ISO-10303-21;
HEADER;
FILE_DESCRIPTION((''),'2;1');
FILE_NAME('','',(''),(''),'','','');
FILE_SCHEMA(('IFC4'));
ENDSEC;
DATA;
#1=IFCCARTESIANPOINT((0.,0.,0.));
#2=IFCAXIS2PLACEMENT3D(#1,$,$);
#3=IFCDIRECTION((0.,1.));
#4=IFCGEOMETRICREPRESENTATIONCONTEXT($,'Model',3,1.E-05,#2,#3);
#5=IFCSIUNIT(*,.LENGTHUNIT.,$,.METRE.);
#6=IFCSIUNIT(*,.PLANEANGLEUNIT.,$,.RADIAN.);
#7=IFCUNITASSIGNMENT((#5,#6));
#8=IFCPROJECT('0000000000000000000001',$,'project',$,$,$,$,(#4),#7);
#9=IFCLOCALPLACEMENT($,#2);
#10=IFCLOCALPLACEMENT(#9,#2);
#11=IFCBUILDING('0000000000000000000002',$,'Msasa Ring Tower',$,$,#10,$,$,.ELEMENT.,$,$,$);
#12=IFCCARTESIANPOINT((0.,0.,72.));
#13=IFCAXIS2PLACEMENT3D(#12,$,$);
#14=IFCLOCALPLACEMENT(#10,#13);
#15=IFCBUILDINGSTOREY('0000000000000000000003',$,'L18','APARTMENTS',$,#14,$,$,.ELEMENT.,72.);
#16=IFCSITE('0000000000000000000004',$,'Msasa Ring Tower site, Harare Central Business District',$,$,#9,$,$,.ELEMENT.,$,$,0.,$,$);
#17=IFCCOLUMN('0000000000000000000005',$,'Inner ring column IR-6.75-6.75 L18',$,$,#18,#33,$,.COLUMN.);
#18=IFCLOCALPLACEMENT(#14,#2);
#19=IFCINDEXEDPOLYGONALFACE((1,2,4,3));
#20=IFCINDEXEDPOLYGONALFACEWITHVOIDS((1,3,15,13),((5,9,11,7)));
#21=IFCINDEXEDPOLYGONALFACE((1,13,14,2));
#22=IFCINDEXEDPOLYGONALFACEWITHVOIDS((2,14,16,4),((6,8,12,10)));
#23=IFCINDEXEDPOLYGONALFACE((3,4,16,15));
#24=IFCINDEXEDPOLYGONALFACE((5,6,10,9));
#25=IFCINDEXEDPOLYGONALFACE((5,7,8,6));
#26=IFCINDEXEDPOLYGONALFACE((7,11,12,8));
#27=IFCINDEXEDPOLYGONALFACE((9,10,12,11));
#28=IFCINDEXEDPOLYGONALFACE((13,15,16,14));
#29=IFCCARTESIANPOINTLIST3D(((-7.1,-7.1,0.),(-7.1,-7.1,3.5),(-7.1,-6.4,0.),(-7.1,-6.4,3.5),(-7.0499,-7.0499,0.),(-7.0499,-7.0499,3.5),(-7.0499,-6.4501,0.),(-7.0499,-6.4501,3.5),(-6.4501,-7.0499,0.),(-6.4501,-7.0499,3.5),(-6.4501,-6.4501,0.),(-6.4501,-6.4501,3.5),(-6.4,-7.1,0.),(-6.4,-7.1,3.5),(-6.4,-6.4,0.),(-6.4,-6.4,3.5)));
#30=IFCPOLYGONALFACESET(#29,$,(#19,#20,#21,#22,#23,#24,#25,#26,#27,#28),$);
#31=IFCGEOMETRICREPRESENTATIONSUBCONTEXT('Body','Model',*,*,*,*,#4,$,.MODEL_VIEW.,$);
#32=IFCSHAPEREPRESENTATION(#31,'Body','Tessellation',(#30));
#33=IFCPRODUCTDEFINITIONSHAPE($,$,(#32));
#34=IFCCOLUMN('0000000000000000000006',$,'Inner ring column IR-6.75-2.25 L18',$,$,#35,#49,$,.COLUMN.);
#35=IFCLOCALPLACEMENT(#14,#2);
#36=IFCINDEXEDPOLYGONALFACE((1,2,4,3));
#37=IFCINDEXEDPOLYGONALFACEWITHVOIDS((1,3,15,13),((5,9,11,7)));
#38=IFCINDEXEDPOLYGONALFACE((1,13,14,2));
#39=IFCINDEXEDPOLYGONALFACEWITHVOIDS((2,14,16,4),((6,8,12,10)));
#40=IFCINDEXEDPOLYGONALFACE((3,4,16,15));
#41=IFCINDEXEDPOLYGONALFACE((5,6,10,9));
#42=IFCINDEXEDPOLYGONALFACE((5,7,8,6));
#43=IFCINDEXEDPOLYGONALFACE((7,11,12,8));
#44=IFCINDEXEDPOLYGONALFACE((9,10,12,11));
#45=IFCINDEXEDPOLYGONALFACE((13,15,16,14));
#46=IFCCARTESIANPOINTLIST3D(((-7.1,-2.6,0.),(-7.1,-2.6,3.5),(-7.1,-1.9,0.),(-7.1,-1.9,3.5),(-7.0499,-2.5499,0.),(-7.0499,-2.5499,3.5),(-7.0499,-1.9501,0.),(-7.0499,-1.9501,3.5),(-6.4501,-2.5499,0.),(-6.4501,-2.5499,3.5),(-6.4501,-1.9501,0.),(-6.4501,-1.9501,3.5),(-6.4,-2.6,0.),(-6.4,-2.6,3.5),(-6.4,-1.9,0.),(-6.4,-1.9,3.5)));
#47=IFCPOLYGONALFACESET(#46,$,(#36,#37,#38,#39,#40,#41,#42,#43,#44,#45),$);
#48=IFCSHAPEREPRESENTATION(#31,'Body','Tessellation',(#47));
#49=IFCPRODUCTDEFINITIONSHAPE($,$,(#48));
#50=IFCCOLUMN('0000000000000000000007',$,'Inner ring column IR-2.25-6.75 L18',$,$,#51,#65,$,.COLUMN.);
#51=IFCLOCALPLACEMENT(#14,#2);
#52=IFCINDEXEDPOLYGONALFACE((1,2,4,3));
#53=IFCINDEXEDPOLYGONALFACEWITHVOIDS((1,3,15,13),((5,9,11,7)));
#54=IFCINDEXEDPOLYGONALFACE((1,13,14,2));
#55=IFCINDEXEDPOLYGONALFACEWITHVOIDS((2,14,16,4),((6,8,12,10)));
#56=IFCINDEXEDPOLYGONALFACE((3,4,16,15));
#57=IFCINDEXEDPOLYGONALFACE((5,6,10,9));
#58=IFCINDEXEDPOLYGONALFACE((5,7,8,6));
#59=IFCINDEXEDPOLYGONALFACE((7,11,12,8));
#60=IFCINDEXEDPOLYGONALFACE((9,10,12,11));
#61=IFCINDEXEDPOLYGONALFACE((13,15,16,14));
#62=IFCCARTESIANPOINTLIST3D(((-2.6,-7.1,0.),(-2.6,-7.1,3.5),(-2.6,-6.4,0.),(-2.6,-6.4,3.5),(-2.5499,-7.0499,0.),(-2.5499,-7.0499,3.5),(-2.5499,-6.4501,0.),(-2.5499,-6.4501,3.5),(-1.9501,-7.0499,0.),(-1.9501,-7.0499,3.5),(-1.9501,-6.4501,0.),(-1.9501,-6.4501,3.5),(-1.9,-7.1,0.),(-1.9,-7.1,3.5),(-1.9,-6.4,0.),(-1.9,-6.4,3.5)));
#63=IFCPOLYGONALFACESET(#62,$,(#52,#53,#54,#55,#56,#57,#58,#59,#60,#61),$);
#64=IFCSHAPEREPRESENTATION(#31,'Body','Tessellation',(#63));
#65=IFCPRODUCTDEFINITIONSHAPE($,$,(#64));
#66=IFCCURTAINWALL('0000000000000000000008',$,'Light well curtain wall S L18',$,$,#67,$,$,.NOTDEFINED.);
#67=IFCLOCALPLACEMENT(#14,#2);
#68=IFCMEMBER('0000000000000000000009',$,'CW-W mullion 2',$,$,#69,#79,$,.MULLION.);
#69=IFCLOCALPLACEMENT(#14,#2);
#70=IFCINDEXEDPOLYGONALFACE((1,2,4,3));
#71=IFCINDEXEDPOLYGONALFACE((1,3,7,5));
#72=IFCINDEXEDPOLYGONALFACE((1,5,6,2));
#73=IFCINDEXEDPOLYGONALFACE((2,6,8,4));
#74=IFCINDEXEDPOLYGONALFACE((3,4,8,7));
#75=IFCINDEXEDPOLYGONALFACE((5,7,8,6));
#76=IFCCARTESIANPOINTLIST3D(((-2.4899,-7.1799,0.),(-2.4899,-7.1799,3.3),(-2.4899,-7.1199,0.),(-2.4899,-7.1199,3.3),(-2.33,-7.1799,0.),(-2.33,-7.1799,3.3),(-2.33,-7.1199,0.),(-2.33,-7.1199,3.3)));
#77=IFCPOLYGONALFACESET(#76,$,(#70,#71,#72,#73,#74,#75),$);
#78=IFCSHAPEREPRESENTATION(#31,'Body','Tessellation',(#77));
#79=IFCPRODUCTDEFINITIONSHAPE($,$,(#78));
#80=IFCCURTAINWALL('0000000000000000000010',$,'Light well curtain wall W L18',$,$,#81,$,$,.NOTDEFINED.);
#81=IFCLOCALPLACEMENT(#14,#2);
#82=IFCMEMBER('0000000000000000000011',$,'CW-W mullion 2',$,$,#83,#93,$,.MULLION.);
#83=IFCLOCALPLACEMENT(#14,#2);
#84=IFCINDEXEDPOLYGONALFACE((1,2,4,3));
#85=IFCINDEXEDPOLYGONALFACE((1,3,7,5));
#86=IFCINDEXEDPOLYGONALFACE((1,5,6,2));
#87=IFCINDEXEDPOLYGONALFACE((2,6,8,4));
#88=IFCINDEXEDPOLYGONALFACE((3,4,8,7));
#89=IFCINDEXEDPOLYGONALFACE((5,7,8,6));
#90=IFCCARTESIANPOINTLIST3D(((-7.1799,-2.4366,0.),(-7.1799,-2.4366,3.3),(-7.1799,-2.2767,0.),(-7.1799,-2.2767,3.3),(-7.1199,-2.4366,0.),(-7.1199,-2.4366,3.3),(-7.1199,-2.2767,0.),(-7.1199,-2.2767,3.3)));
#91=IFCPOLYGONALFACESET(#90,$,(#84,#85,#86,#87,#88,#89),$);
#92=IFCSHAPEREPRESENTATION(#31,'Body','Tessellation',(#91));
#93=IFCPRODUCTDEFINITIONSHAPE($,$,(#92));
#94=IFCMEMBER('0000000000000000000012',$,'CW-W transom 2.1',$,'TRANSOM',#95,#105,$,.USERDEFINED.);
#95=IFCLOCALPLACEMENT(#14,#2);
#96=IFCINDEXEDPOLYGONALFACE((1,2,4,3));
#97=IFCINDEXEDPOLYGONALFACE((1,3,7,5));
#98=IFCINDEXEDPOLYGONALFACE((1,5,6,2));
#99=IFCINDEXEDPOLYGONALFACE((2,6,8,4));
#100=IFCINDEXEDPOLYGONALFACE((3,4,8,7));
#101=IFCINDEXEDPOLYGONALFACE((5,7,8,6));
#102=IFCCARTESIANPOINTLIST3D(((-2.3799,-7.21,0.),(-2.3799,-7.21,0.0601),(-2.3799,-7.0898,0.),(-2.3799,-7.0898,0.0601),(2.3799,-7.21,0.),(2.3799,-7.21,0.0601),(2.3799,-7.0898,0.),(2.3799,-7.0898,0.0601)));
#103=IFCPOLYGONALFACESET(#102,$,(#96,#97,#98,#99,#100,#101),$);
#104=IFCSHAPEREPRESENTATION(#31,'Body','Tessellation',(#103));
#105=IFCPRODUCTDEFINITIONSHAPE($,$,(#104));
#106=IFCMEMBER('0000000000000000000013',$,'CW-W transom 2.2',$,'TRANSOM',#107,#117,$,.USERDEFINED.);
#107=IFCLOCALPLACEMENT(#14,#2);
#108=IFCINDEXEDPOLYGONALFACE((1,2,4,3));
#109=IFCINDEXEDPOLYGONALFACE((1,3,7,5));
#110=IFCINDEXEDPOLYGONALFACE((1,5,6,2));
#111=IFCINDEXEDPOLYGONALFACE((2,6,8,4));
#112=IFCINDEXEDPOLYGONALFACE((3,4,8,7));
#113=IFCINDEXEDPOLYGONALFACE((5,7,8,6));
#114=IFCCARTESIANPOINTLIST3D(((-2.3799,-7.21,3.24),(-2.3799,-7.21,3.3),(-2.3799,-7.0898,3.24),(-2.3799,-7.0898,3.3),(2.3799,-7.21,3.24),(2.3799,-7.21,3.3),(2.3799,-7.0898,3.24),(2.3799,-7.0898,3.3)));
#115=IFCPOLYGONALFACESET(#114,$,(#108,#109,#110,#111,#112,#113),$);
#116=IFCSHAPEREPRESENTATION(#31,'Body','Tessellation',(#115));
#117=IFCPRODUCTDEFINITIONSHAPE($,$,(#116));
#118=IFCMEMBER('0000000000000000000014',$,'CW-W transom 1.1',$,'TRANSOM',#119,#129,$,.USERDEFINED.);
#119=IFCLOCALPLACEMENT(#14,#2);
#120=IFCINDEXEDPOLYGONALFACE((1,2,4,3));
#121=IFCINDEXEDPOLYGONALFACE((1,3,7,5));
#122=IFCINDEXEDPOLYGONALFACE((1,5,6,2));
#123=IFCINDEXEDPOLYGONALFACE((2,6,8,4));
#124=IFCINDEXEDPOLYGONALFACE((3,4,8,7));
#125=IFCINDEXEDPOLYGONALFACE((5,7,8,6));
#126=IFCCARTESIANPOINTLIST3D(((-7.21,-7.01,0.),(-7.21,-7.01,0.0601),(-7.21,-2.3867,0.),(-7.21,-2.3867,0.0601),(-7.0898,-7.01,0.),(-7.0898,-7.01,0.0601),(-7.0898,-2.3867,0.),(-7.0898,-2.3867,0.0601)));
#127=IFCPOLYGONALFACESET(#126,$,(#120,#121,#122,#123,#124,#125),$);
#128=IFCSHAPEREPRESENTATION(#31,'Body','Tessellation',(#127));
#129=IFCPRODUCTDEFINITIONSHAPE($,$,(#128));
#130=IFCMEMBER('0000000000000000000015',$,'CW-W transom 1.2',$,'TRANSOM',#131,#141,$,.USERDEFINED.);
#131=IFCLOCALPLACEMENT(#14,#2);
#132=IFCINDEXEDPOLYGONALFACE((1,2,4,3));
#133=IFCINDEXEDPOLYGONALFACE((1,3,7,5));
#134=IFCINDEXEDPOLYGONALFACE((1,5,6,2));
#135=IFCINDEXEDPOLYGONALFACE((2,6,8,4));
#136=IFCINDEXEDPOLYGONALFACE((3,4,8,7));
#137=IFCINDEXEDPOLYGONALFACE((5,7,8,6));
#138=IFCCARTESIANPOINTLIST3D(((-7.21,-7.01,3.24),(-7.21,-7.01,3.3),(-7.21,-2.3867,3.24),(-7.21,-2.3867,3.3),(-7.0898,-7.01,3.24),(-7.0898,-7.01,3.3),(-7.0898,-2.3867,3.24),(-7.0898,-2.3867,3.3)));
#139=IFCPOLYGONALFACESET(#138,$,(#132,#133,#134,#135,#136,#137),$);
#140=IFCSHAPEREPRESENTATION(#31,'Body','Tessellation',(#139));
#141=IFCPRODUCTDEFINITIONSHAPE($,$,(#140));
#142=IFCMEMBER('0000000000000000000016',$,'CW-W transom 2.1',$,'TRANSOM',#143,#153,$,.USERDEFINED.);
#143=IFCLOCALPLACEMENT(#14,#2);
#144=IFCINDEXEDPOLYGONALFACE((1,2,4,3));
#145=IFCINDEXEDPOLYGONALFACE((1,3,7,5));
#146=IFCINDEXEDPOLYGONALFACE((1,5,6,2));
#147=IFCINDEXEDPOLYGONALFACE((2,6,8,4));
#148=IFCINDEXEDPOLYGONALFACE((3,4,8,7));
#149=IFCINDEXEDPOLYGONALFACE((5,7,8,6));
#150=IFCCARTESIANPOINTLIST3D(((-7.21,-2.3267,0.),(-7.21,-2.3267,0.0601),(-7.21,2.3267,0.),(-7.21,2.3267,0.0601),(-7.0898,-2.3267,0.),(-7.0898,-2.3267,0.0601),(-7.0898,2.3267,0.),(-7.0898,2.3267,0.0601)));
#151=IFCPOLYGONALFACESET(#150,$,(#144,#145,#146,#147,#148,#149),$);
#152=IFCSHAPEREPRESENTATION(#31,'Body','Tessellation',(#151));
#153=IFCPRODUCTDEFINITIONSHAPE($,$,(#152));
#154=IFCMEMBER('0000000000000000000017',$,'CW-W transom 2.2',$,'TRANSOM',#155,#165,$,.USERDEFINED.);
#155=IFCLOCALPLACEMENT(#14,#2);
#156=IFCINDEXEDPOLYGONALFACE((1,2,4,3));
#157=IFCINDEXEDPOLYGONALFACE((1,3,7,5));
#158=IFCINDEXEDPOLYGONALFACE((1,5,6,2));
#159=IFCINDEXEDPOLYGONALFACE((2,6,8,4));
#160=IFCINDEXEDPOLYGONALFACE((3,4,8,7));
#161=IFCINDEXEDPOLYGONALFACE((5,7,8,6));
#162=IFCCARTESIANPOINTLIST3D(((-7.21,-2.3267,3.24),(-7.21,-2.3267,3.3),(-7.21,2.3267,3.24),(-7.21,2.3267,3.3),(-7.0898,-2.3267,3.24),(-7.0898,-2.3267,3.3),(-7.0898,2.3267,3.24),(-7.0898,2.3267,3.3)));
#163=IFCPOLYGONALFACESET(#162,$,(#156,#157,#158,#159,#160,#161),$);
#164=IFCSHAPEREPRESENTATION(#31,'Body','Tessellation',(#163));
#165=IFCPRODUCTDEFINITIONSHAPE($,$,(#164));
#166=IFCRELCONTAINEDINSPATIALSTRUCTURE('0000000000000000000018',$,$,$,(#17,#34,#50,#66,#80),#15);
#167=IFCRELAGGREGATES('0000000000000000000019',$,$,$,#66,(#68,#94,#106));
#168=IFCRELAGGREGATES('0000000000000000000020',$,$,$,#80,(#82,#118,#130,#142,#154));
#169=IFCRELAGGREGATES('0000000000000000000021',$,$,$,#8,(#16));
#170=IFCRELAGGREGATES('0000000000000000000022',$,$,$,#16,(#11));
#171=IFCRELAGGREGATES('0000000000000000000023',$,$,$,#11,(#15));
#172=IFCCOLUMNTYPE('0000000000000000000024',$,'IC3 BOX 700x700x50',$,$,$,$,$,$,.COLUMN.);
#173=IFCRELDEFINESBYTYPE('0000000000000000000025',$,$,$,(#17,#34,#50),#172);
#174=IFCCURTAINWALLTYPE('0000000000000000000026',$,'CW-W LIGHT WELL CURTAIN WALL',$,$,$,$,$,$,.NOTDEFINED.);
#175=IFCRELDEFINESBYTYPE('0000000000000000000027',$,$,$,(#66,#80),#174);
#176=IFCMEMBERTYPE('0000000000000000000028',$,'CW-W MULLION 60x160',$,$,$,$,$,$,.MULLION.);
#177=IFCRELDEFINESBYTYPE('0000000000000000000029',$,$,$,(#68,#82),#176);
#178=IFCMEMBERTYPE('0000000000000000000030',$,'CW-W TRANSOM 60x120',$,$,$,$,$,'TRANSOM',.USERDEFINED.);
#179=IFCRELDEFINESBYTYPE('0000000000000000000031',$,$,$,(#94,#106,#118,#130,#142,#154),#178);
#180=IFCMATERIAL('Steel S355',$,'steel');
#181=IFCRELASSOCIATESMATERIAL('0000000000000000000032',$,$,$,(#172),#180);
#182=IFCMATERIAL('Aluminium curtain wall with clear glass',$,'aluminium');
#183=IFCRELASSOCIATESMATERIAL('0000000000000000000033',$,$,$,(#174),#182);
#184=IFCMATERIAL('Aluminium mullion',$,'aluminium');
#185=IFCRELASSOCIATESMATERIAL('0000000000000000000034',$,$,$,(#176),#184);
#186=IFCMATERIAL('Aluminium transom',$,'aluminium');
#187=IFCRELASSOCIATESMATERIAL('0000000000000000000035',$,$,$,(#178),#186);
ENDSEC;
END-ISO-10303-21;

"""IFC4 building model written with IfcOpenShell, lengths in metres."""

from ifc_helpers import new_model, si_unit, direction, frame, origin, origin_2d, place, context, subcontext, project, spatial, rectangle, hollow_rectangle, extrude, material, material_profile, profile_set, type_object, element, aggregate, save


model = new_model("IFC4")

# Units and contexts
model_context = context("Model", 3, precision=1e-05, world=origin(), true_north=direction((0.0, 1.0)))
body_context = subcontext(model_context, "Body", "Model", "MODEL_VIEW")
ifc_project = project(units=[si_unit("LENGTHUNIT", "METRE"), si_unit("PLANEANGLEUNIT", "RADIAN")], contexts=[model_context])

# Site, building, storey
site_placement = place(None, origin())
site = spatial("IfcSite", under=ifc_project, at=site_placement, Name="Msasa Ring Tower site, Harare Central Business District", CompositionType="ELEMENT", RefElevation=0.0)
building_placement = place(site_placement, origin())
building = spatial("IfcBuilding", under=site, at=building_placement, Name="Msasa Ring Tower", CompositionType="ELEMENT")
storey_placement = place(building_placement, frame((0.0, 0.0, 72.0)))
storey = spatial("IfcBuildingStorey", under=building, at=storey_placement, Name="L18", Description="APARTMENTS", CompositionType="ELEMENT", Elevation=72.0)

# Columns
ifc_material_1 = material(Name="Steel S355", Category="steel")
ifc_material_profile_1 = material_profile(ifc_material_1, hollow_rectangle(XDim=0.7, YDim=0.7, WallThickness=0.05, at=origin_2d()), Name="BOX 700x700x50")
ifc_profile_set_1 = profile_set([ifc_material_profile_1], Name="Steel S355")
column_type = type_object("IfcColumnType", Name="IC3 BOX 700x700x50", PredefinedType="COLUMN", material=ifc_profile_set_1)
for number, where, z_axis, x_axis, name in (
    (1, (-6.75, -6.75, 0.0), (0.0, 0.0, 1.0), (1.0, 0.0, 0.0), "Inner ring column IR-6.75-6.75 L18"),
    (2, (-6.75, -2.25, 0.0), (0.0, 0.0, 1.0), (1.0, 0.0, 0.0), "Inner ring column IR-6.75-2.25 L18"),
    (3, (-2.25, -6.75, 0.0), (0.0, 0.0, 1.0), (1.0, 0.0, 0.0), "Inner ring column IR-2.25-6.75 L18"),
):
    element("IfcColumn", number, at=place(storey_placement, frame(where, z_axis=z_axis, x_axis=x_axis)), inside=storey, type_object=column_type, Name=name, PredefinedType="COLUMN", context=body_context, shape_type="SweptSolid", body=[
        extrude(hollow_rectangle(XDim=0.7, YDim=0.7, WallThickness=0.05, at=origin_2d()), origin(), (0.0, 0.0, 1.0), 3.5),
    ])

# Curtain walls, members
ifc_material_2 = material(Name="Aluminium curtain wall with clear glass", Category="aluminium")
curtain_wall_type = type_object("IfcCurtainWallType", Name="CW-W LIGHT WELL CURTAIN WALL", PredefinedType="NOTDEFINED", material=ifc_material_2)
curtain_wall_1_placement = place(storey_placement, origin())
curtain_wall_1 = element("IfcCurtainWall", 4, at=curtain_wall_1_placement, inside=storey, type_object=curtain_wall_type, Name="Light well curtain wall S L18", PredefinedType="NOTDEFINED")
ifc_material_3 = material(Name="Aluminium mullion", Category="aluminium")
ifc_material_profile_2 = material_profile(ifc_material_3, rectangle(XDim=0.0601, YDim=0.1599, at=origin_2d()), Name="AL 60x160")
ifc_profile_set_2 = profile_set([ifc_material_profile_2], Name="Aluminium mullion")
member_type_1 = type_object("IfcMemberType", Name="CW-W MULLION 60x160", PredefinedType="MULLION", material=ifc_profile_set_2)
member_1_placement = place(storey_placement, frame((-2.4099, -7.1499, 0.0), z_axis=(0.0, 0.0, 1.0), x_axis=(0.0, 1.0, 0.0)))
member_1 = element("IfcMember", 5, at=member_1_placement, type_object=member_type_1, Name="CW-W mullion 2", PredefinedType="MULLION", context=body_context, shape_type="SweptSolid", body=[
    extrude(rectangle(XDim=0.0601, YDim=0.1599, at=origin_2d()), origin(), (0.0, 0.0, 1.0), 3.3),
])
curtain_wall_2_placement = place(storey_placement, origin())
curtain_wall_2 = element("IfcCurtainWall", 6, at=curtain_wall_2_placement, inside=storey, type_object=curtain_wall_type, Name="Light well curtain wall W L18", PredefinedType="NOTDEFINED")
member_2_placement = place(storey_placement, frame((-7.1499, -2.3567, 0.0), z_axis=(0.0, 0.0, 1.0), x_axis=(-1.0, 0.0, 0.0)))
member_2 = element("IfcMember", 7, at=member_2_placement, type_object=member_type_1, Name="CW-W mullion 2", PredefinedType="MULLION", context=body_context, shape_type="SweptSolid", body=[
    extrude(rectangle(XDim=0.0601, YDim=0.1599, at=origin_2d()), origin(), (0.0, 0.0, 1.0), 3.3),
])

# Members
ifc_material_4 = material(Name="Aluminium transom", Category="aluminium")
ifc_material_profile_3 = material_profile(ifc_material_4, rectangle(XDim=0.1201, YDim=0.0601, at=origin_2d()), Name="AL 60x120")
ifc_profile_set_3 = profile_set([ifc_material_profile_3], Name="Aluminium transom")
member_type_2 = type_object("IfcMemberType", Name="CW-W TRANSOM 60x120", ElementType="TRANSOM", PredefinedType="USERDEFINED", material=ifc_profile_set_3)
member_3_placement = place(storey_placement, frame((-2.3799, -7.1499, 0.03), z_axis=(1.0, 0.0, 0.0), x_axis=(0.0, 1.0, 0.0)))
member_3 = element("IfcMember", 8, at=member_3_placement, type_object=member_type_2, Name="CW-W transom 2.1", ObjectType="TRANSOM", PredefinedType="USERDEFINED", context=body_context, shape_type="SweptSolid", body=[
    extrude(rectangle(XDim=0.1201, YDim=0.0601, at=origin_2d()), origin(), (0.0, 0.0, 1.0), 4.7598),
])
member_4_placement = place(storey_placement, frame((-2.3799, -7.1499, 3.27), z_axis=(1.0, 0.0, 0.0), x_axis=(0.0, 1.0, 0.0)))
member_4 = element("IfcMember", 9, at=member_4_placement, type_object=member_type_2, Name="CW-W transom 2.2", ObjectType="TRANSOM", PredefinedType="USERDEFINED", context=body_context, shape_type="SweptSolid", body=[
    extrude(rectangle(XDim=0.1201, YDim=0.0601, at=origin_2d()), origin(), (0.0, 0.0, 1.0), 4.7598),
])
member_5_placement = place(storey_placement, frame((-7.1499, -7.01, 0.03), z_axis=(0.0, 1.0, 0.0), x_axis=(-1.0, 0.0, 0.0)))
member_5 = element("IfcMember", 10, at=member_5_placement, type_object=member_type_2, Name="CW-W transom 1.1", ObjectType="TRANSOM", PredefinedType="USERDEFINED", context=body_context, shape_type="SweptSolid", body=[
    extrude(rectangle(XDim=0.1201, YDim=0.0601, at=origin_2d()), origin(), (0.0, 0.0, 1.0), 4.6233),
])
member_6_placement = place(storey_placement, frame((-7.1499, -7.01, 3.27), z_axis=(0.0, 1.0, 0.0), x_axis=(-1.0, 0.0, 0.0)))
member_6 = element("IfcMember", 11, at=member_6_placement, type_object=member_type_2, Name="CW-W transom 1.2", ObjectType="TRANSOM", PredefinedType="USERDEFINED", context=body_context, shape_type="SweptSolid", body=[
    extrude(rectangle(XDim=0.1201, YDim=0.0601, at=origin_2d()), origin(), (0.0, 0.0, 1.0), 4.6233),
])
member_7_placement = place(storey_placement, frame((-7.1499, -2.3267, 0.03), z_axis=(0.0, 1.0, 0.0), x_axis=(-1.0, 0.0, 0.0)))
member_7 = element("IfcMember", 12, at=member_7_placement, type_object=member_type_2, Name="CW-W transom 2.1", ObjectType="TRANSOM", PredefinedType="USERDEFINED", context=body_context, shape_type="SweptSolid", body=[
    extrude(rectangle(XDim=0.1201, YDim=0.0601, at=origin_2d()), origin(), (0.0, 0.0, 1.0), 4.6533),
])
member_8_placement = place(storey_placement, frame((-7.1499, -2.3267, 3.27), z_axis=(0.0, 1.0, 0.0), x_axis=(-1.0, 0.0, 0.0)))
member_8 = element("IfcMember", 13, at=member_8_placement, type_object=member_type_2, Name="CW-W transom 2.2", ObjectType="TRANSOM", PredefinedType="USERDEFINED", context=body_context, shape_type="SweptSolid", body=[
    extrude(rectangle(XDim=0.1201, YDim=0.0601, at=origin_2d()), origin(), (0.0, 0.0, 1.0), 4.6533),
])

aggregate(curtain_wall_1, [member_1, member_3, member_4])
aggregate(curtain_wall_2, [member_2, member_5, member_6, member_7, member_8])

save(model, "model.ifc")
